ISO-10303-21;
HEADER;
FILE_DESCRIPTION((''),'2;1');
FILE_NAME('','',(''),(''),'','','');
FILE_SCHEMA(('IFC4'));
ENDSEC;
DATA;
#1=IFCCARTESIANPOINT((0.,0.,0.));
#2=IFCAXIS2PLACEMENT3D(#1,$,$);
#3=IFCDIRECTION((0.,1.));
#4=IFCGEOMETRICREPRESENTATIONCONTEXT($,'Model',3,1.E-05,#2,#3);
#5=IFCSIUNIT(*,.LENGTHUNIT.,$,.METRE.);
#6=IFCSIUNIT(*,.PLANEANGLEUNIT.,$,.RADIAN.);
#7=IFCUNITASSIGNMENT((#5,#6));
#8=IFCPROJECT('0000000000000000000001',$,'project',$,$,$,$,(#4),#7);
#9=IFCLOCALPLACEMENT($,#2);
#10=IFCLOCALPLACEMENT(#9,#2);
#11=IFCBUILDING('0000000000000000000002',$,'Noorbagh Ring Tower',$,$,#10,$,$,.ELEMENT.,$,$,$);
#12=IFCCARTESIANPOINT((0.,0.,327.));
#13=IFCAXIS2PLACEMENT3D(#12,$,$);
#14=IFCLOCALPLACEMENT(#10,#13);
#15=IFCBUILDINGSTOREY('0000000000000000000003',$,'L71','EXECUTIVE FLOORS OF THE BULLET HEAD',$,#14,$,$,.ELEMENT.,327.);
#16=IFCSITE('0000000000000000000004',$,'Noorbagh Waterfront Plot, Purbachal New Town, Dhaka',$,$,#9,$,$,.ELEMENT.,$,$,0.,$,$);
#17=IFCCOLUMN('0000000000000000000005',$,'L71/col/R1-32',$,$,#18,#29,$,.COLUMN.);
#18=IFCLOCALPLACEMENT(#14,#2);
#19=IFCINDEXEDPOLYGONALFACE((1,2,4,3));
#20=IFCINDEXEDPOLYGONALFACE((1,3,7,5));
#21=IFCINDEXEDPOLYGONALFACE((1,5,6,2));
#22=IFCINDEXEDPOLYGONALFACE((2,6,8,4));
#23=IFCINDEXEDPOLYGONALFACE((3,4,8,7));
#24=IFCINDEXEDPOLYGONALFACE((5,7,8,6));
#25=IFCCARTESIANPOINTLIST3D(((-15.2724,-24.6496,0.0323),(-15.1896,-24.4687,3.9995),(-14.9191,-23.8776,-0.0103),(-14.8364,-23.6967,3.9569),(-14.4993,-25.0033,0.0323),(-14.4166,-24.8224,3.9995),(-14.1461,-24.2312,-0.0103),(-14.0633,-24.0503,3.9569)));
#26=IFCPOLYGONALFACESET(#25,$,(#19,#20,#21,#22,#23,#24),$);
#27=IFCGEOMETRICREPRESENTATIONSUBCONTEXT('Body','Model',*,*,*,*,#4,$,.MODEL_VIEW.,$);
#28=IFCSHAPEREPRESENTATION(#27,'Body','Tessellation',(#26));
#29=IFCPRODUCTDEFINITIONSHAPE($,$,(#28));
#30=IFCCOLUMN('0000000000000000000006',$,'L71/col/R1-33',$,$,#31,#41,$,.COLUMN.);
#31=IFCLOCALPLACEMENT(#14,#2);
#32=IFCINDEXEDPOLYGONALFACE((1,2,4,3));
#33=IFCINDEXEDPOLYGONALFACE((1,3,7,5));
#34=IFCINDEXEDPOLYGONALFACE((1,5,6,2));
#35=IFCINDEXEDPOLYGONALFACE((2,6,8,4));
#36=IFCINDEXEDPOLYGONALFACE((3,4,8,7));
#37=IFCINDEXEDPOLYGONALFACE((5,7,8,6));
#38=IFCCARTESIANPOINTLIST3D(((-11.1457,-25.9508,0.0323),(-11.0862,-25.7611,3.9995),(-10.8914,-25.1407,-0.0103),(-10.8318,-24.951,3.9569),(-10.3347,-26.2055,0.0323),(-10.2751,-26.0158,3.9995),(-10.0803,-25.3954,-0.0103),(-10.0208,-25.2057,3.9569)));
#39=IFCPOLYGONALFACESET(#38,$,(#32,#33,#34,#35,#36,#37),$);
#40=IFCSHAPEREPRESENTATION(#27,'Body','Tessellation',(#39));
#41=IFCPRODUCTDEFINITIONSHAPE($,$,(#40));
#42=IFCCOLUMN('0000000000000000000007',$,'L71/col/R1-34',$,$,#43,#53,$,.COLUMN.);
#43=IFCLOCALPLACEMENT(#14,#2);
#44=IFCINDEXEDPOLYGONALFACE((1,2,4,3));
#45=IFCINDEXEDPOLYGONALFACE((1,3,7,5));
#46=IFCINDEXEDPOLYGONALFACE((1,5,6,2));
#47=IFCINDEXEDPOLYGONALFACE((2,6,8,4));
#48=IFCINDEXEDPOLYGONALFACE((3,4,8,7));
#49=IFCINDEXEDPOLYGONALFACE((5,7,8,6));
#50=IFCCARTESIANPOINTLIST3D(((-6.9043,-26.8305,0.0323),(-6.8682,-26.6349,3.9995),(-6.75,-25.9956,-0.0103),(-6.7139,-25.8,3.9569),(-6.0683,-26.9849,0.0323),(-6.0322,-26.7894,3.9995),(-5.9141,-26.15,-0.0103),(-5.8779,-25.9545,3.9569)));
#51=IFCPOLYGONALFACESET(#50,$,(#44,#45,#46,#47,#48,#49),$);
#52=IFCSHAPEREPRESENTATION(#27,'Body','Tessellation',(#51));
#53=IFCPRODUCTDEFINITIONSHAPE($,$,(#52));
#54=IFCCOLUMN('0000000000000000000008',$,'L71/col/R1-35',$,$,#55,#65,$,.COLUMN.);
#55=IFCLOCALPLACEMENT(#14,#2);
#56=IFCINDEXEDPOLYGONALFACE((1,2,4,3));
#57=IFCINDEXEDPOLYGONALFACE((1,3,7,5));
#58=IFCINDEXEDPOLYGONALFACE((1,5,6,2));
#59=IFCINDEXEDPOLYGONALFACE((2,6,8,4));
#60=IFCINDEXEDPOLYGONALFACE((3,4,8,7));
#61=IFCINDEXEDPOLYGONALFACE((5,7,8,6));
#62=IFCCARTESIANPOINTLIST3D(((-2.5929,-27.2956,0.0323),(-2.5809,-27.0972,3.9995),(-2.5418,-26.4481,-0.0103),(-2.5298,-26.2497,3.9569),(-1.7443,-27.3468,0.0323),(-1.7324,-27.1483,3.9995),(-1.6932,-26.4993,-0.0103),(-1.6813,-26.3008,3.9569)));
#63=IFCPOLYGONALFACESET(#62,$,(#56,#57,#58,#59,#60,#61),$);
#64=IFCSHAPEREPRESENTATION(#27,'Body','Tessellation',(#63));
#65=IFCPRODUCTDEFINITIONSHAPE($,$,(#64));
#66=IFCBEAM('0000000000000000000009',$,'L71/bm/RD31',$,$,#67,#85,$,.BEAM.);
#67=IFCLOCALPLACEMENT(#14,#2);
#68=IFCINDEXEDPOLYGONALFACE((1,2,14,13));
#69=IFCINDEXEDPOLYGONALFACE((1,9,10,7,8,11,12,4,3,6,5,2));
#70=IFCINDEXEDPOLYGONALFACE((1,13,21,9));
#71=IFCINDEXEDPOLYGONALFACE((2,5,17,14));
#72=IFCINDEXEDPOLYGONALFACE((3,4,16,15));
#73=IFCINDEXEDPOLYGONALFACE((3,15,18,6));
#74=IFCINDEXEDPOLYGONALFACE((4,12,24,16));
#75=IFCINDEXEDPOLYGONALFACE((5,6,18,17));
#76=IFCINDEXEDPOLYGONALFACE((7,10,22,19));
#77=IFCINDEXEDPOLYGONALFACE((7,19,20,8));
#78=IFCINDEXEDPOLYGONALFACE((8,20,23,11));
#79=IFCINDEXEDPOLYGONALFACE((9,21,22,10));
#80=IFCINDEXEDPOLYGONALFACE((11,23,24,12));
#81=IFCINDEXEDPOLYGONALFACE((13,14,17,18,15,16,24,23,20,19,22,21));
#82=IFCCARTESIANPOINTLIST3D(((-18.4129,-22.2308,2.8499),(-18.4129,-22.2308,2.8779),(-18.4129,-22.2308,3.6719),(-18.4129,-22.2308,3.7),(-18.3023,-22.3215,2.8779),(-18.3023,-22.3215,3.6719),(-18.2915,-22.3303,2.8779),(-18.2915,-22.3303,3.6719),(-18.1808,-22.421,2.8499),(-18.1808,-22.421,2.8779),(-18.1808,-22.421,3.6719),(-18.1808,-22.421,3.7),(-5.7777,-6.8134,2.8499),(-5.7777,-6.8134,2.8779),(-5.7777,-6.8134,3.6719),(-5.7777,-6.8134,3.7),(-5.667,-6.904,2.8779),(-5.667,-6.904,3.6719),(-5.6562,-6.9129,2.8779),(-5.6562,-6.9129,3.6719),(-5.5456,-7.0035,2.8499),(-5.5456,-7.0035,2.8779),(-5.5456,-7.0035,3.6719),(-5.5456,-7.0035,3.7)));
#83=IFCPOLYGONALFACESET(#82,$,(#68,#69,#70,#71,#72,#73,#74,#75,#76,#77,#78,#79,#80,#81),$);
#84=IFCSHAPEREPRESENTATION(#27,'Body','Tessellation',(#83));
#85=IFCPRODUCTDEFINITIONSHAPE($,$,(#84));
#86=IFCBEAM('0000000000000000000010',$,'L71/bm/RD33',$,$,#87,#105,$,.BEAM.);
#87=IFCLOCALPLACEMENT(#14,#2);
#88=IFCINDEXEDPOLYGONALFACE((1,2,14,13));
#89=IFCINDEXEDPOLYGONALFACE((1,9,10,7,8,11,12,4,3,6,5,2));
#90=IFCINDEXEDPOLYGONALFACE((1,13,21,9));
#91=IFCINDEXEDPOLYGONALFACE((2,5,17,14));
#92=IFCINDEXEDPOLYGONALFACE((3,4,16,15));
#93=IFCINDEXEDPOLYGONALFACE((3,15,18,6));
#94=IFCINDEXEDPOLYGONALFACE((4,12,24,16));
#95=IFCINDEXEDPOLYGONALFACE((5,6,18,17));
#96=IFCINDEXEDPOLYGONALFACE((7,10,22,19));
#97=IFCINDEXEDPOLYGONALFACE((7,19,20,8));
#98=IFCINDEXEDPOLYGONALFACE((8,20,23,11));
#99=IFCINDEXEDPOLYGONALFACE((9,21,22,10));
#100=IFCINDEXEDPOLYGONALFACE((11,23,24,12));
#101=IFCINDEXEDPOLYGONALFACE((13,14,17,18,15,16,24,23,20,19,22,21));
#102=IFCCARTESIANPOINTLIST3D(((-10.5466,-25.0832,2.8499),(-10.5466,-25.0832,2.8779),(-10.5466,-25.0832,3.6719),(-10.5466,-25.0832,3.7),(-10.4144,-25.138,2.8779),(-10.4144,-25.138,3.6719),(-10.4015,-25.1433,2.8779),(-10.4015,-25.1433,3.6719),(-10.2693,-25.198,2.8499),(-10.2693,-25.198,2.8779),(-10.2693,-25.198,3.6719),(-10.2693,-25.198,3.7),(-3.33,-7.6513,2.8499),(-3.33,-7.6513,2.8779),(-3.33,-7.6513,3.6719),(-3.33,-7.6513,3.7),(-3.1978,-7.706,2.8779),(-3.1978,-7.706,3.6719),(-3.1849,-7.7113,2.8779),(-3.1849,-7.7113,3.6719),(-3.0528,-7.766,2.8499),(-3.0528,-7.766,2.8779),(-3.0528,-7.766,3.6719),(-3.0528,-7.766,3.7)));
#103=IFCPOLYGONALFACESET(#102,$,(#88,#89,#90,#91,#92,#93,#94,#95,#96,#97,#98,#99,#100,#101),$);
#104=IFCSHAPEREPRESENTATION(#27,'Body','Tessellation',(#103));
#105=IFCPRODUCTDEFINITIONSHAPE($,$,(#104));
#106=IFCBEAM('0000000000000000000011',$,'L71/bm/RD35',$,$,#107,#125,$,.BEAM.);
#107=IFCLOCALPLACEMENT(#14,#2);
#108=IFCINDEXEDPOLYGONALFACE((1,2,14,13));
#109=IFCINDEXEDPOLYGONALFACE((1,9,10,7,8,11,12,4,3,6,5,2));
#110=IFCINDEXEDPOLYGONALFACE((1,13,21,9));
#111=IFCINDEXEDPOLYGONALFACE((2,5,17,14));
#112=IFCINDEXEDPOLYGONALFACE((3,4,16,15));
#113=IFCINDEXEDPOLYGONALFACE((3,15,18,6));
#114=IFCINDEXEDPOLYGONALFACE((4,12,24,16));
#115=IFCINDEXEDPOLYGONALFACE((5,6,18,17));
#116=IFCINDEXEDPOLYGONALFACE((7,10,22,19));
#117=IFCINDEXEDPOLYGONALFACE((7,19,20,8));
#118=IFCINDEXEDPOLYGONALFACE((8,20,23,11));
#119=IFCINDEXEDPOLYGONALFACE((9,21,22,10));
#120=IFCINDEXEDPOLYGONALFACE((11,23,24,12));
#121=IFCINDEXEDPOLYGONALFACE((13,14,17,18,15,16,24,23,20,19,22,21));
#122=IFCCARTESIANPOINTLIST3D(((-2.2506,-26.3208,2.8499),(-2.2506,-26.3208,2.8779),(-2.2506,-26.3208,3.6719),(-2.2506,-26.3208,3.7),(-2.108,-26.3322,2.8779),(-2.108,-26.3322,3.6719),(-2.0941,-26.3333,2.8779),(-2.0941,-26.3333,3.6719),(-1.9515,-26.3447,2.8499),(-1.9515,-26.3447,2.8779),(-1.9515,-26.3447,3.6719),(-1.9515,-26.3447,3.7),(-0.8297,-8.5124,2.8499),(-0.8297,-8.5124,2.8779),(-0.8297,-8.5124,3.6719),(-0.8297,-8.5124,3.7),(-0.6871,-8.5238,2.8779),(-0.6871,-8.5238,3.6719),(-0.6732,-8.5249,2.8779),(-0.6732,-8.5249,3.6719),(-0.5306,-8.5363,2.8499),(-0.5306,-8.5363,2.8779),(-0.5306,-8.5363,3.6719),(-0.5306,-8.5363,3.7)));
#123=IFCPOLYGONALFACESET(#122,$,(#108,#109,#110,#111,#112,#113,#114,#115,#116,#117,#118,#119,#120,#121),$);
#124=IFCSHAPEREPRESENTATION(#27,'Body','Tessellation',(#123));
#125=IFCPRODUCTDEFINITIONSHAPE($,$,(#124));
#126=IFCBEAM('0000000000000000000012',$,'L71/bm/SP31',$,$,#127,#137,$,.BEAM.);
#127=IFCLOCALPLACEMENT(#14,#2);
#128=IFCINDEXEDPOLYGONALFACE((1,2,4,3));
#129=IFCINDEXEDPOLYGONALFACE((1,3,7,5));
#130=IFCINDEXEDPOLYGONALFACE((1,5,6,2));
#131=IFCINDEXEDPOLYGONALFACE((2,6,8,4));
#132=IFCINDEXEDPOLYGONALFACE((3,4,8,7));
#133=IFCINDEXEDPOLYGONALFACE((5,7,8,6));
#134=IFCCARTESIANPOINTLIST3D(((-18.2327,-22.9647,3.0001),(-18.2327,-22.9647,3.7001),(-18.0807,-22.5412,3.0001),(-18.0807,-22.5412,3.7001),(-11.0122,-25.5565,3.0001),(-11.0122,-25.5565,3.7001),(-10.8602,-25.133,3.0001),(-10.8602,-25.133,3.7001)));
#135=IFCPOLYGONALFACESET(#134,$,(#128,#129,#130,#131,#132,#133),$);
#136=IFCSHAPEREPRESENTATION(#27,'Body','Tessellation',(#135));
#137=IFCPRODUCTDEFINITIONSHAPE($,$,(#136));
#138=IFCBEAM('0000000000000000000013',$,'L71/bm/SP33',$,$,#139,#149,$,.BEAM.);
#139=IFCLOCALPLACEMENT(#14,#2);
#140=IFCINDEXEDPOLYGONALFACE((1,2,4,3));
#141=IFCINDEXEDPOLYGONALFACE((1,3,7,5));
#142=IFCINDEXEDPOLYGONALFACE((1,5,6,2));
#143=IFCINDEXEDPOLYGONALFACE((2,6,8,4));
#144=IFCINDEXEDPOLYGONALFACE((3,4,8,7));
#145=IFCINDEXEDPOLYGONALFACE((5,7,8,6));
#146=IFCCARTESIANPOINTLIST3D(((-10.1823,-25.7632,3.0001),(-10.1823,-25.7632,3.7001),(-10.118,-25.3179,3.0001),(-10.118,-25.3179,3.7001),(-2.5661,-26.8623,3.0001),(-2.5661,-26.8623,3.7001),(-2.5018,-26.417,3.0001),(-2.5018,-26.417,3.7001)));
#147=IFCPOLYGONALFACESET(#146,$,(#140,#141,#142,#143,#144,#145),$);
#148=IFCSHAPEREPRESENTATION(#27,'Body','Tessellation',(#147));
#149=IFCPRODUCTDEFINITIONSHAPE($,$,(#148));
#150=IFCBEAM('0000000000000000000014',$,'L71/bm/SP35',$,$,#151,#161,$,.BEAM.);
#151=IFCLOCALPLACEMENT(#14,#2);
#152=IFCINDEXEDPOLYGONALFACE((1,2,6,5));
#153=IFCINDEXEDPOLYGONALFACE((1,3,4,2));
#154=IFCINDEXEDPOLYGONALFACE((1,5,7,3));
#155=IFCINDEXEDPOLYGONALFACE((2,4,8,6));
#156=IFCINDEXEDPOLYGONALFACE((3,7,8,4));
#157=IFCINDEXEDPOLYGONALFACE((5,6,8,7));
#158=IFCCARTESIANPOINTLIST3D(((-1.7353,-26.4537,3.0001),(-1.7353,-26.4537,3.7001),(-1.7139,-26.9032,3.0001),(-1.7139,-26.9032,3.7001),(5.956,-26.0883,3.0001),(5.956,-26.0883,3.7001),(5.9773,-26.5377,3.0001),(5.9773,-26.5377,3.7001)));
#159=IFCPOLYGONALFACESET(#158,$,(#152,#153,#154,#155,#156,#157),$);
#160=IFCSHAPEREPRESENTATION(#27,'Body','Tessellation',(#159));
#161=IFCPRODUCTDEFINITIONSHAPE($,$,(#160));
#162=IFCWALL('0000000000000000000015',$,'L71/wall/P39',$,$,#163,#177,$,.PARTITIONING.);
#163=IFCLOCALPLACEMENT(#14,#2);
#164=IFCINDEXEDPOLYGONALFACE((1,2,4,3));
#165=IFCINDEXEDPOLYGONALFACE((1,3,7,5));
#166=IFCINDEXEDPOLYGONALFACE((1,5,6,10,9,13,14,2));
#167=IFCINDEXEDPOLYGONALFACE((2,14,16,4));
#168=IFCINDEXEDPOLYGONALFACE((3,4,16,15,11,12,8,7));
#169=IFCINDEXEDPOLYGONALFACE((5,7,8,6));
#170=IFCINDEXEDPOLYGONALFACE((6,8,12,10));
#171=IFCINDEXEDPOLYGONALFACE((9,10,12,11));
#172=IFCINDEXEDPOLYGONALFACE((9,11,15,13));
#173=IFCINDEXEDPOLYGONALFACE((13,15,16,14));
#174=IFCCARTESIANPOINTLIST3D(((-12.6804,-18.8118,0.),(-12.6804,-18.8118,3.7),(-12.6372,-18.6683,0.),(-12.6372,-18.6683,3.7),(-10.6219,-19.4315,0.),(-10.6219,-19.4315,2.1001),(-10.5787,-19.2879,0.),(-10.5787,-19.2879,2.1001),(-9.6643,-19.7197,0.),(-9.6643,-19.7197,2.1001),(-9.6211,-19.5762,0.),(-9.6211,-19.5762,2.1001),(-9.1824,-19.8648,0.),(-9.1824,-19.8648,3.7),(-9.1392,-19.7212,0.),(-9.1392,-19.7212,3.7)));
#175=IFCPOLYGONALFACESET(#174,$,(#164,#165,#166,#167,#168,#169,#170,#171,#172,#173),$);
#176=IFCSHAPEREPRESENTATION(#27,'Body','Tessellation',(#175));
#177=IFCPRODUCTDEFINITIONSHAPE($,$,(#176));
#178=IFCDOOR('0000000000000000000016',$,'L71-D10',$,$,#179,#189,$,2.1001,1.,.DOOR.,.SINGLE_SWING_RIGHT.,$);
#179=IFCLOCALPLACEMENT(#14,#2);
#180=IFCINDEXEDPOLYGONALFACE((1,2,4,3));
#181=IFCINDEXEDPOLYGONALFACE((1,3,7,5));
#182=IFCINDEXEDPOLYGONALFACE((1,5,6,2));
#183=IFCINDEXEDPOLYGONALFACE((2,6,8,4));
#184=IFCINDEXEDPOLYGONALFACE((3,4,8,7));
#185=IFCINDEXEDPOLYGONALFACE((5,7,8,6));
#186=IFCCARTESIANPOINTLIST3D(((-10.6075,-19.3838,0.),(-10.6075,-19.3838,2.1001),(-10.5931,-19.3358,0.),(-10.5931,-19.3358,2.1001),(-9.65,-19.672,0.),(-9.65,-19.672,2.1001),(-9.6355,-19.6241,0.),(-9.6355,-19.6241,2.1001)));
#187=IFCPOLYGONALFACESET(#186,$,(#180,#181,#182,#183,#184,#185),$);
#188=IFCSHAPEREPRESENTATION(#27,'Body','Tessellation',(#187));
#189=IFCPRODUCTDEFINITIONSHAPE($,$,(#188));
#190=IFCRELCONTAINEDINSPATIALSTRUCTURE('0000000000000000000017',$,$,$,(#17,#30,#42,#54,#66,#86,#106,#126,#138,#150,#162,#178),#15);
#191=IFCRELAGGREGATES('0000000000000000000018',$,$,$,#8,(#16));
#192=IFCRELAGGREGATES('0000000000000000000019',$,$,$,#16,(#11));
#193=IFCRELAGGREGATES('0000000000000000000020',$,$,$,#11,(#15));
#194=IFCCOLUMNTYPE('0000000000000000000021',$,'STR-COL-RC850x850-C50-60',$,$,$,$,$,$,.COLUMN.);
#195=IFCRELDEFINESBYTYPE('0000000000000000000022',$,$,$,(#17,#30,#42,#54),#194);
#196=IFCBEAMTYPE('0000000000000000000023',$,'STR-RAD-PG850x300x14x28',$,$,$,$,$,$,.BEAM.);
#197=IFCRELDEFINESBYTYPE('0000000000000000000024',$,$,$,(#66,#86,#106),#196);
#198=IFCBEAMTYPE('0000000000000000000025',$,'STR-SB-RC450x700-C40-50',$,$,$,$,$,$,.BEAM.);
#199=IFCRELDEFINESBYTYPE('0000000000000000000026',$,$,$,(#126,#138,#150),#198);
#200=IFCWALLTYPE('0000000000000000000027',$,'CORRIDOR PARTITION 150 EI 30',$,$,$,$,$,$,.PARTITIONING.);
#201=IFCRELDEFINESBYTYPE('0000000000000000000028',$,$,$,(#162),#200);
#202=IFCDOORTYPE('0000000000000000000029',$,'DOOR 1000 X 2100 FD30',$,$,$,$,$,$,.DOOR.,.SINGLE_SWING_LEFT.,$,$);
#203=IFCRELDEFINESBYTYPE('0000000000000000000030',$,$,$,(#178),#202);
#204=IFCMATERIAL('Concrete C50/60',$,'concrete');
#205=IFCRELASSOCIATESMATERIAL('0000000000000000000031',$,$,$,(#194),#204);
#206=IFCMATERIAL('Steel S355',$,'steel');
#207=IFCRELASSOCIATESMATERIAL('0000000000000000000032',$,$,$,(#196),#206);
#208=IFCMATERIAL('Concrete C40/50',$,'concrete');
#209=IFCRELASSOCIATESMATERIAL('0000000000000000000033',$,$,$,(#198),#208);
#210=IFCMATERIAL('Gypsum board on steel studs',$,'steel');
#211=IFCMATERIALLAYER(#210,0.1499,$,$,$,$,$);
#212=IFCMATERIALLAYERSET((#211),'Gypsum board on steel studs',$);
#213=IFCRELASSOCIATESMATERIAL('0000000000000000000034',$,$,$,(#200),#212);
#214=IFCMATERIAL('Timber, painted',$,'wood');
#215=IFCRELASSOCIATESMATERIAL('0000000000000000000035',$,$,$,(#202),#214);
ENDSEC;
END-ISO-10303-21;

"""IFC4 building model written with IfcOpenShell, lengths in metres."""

from ifc_helpers import new_model, si_unit, direction, frame, frame_2d, origin, origin_2d, place, context, subcontext, project, spatial, rectangle, i_section, extrude, material, layer, layer_set, material_profile, profile_set, type_object, element, fill, save


model = new_model("IFC4")

# Units and contexts
model_context = context("Model", 3, precision=1e-05, world=origin(), true_north=direction((0.0, 1.0)))
body_context = subcontext(model_context, "Body", "Model", "MODEL_VIEW")
ifc_project = project(units=[si_unit("LENGTHUNIT", "METRE"), si_unit("PLANEANGLEUNIT", "RADIAN")], contexts=[model_context])

# Site, building, storey
site_placement = place(None, origin())
site = spatial("IfcSite", under=ifc_project, at=site_placement, Name="Noorbagh Waterfront Plot, Purbachal New Town, Dhaka", CompositionType="ELEMENT", RefElevation=0.0)
building_placement = place(site_placement, origin())
building = spatial("IfcBuilding", under=site, at=building_placement, Name="Noorbagh Ring Tower", CompositionType="ELEMENT")
storey_placement = place(building_placement, frame((0.0, 0.0, 327.0)))
storey = spatial("IfcBuildingStorey", under=building, at=storey_placement, Name="L71", Description="EXECUTIVE FLOORS OF THE BULLET HEAD", CompositionType="ELEMENT", Elevation=327.0)

# Columns
ifc_material_1 = material(Name="Concrete C50/60", Category="concrete")
ifc_material_profile_1 = material_profile(ifc_material_1, rectangle(XDim=0.8501, YDim=0.8501, at=origin_2d()), Name="RC850x850")
ifc_profile_set_1 = profile_set([ifc_material_profile_1], Name="Concrete C50/60")
column_type = type_object("IfcColumnType", Name="STR-COL-RC850x850-C50-60", PredefinedType="COLUMN", material=ifc_profile_set_1)
for number, where, z_axis, x_axis, name in (
    (1, (-14.7092, -24.4404, 0.011), (0.020835, 0.045543, 0.998745), (-0.909355, 0.416021, 0.0), "L71/col/R1-32"),
    (2, (-10.613, -25.6731, 0.011), (0.014997, 0.047755, 0.998746), (-0.954064, 0.299603, 0.0), "L71/col/R1-33"),
    (3, (-6.4092, -26.4902, 0.011), (0.009096, 0.04923, 0.998746), (-0.983355, 0.181694, 0.0), "L71/col/R1-34"),
    (4, (-2.1431, -26.8975, 0.011), (0.003012, 0.049968, 0.998746), (-0.998189, 0.060161, 0.0), "L71/col/R1-35"),
):
    element("IfcColumn", number, at=place(storey_placement, frame(where, z_axis=z_axis, x_axis=x_axis)), inside=storey, type_object=column_type, Name=name, PredefinedType="COLUMN", context=body_context, shape_type="SweptSolid", body=[
        extrude(rectangle(XDim=0.8501, YDim=0.8501, at=origin_2d()), origin(), (0.0, 0.0, 1.0), 3.9722),
    ])

# Beams
ifc_material_2 = material(Name="Steel S355", Category="steel")
ifc_material_profile_2 = material_profile(ifc_material_2, i_section(OverallWidth=0.3, OverallDepth=0.8501, WebThickness=0.0139, FlangeThickness=0.0281, at=origin_2d()), Name="PG850x300x14x28")
ifc_profile_set_2 = profile_set([ifc_material_profile_2], Name="Steel S355")
beam_type_1 = type_object("IfcBeamType", Name="STR-RAD-PG850x300x14x28", PredefinedType="BEAM", material=ifc_profile_set_2)
beam_1_placement = place(storey_placement, frame((-18.2969, -22.3259, 3.2749), z_axis=(0.633867, 0.773442, 0.0), x_axis=(-0.773442, 0.633867, 0.0)))
element("IfcBeam", 5, at=beam_1_placement, inside=storey, type_object=beam_type_1, Name="L71/bm/RD31", PredefinedType="BEAM", context=body_context, shape_type="SweptSolid", body=[
    extrude(i_section(OverallWidth=0.3, OverallDepth=0.8501, WebThickness=0.0139, FlangeThickness=0.0281, at=origin_2d()), origin(), (0.0, 0.0, 1.0), 19.9336),
])
beam_2_placement = place(storey_placement, frame((-10.408, -25.1406, 3.2749), z_axis=(0.382504, 0.923954, 0.0), x_axis=(-0.923954, 0.382504, 0.0)))
element("IfcBeam", 6, at=beam_2_placement, inside=storey, type_object=beam_type_1, Name="L71/bm/RD33", PredefinedType="BEAM", context=body_context, shape_type="SweptSolid", body=[
    extrude(i_section(OverallWidth=0.3, OverallDepth=0.8501, WebThickness=0.0139, FlangeThickness=0.0281, at=origin_2d()), origin(), (0.0, 0.0, 1.0), 18.8667),
])
beam_3_placement = place(storey_placement, frame((-2.1011, -26.3328, 3.2749), z_axis=(0.079536, 0.996832, 0.0), x_axis=(-0.996832, 0.079536, 0.0)))
element("IfcBeam", 7, at=beam_3_placement, inside=storey, type_object=beam_type_1, Name="L71/bm/RD35", PredefinedType="BEAM", context=body_context, shape_type="SweptSolid", body=[
    extrude(i_section(OverallWidth=0.3, OverallDepth=0.8501, WebThickness=0.0139, FlangeThickness=0.0281, at=origin_2d()), origin(), (0.0, 0.0, 1.0), 17.865),
])
ifc_material_3 = material(Name="Concrete C40/50", Category="concrete")
ifc_material_profile_3 = material_profile(ifc_material_3, rectangle(XDim=0.45, YDim=0.7, at=origin_2d()), Name="RC450x700")
ifc_profile_set_3 = profile_set([ifc_material_profile_3], Name="Concrete C40/50")
beam_type_2 = type_object("IfcBeamType", Name="STR-SB-RC450x700-C40-50", PredefinedType="BEAM", material=ifc_profile_set_3)
beam_4_placement = place(storey_placement, frame((-18.1567, -22.7529, 3.3501), z_axis=(0.941201, -0.337846, 0.0), x_axis=(0.337846, 0.941201, 0.0)))
element("IfcBeam", 8, at=beam_4_placement, inside=storey, type_object=beam_type_2, Name="L71/bm/SP31", PredefinedType="BEAM", context=body_context, shape_type="SweptSolid", body=[
    extrude(rectangle(XDim=0.45, YDim=0.7, at=origin_2d()), origin(), (0.0, 0.0, 1.0), 7.6716),
])
beam_5_placement = place(storey_placement, frame((-10.1501, -25.5405, 3.3501), z_axis=(0.989747, -0.142834, 0.0), x_axis=(0.142834, 0.989747, 0.0)))
element("IfcBeam", 9, at=beam_5_placement, inside=storey, type_object=beam_type_2, Name="L71/bm/SP33", PredefinedType="BEAM", context=body_context, shape_type="SweptSolid", body=[
    extrude(rectangle(XDim=0.45, YDim=0.7, at=origin_2d()), origin(), (0.0, 0.0, 1.0), 7.6951),
])
beam_6_placement = place(storey_placement, frame((-1.7246, -26.6785, 3.3501), z_axis=(0.998873, 0.047466, 0.0), x_axis=(-0.047466, 0.998873, 0.0)))
element("IfcBeam", 10, at=beam_6_placement, inside=storey, type_object=beam_type_2, Name="L71/bm/SP35", PredefinedType="BEAM", context=body_context, shape_type="SweptSolid", body=[
    extrude(rectangle(XDim=0.45, YDim=0.7, at=origin_2d()), origin(), (0.0, 0.0, 1.0), 7.7),
])

# Wall, opening, door
ifc_material_4 = material(Name="Gypsum board on steel studs", Category="steel")
ifc_layer_1 = layer(ifc_material_4, 0.1499)
ifc_layer_set_1 = layer_set([ifc_layer_1], Name="Gypsum board on steel studs")
wall_type_1 = type_object("IfcWallType", Name="CORRIDOR PARTITION 150 EI 30", PredefinedType="PARTITIONING", material=ifc_layer_set_1)
wall_1_placement = place(storey_placement, frame((-12.6589, -18.74, 0.0), z_axis=(0.0, 0.0, 1.0), x_axis=(0.957557, -0.288243, 0.0)))
wall_1 = element("IfcWall", 11, at=wall_1_placement, inside=storey, type_object=wall_type_1, Name="L71/wall/P39", PredefinedType="PARTITIONING", context=body_context, shape_type="SweptSolid", body=[
    extrude(rectangle(XDim=3.6531, YDim=0.1499, at=frame_2d((1.8267, 0.0))), origin(), (0.0, 0.0, 1.0), 3.7),
])
opening_placement = place(wall_1_placement, frame((2.1499, 0.0, 0.0)))
opening = element("IfcOpeningElement", 12, at=opening_placement, cuts=wall_1, PredefinedType="OPENING", context=body_context, shape_type="SweptSolid", body=[
    extrude(rectangle(XDim=1.0, YDim=2.1001, at=frame_2d((0.5, 1.05))), frame((0.0, 0.085, 0.0), z_axis=(0.0, -1.0, 0.0), x_axis=(1.0, 0.0, 0.0)), (0.0, 0.0, 1.0), 0.1699),
])
ifc_material_5 = material(Name="Timber, painted", Category="wood")
door_type = type_object("IfcDoorType", Name="DOOR 1000 X 2100 FD30", OperationType="SINGLE_SWING_LEFT", PredefinedType="DOOR", material=ifc_material_5)
door_placement = place(opening_placement, origin())
door = element("IfcDoor", 13, at=door_placement, inside=storey, type_object=door_type, Name="L71-D10", OperationType="SINGLE_SWING_RIGHT", OverallHeight=2.1001, OverallWidth=1.0, PredefinedType="DOOR", context=body_context, shape_type="SweptSolid", body=[
    extrude(rectangle(XDim=1.0, YDim=2.1001, at=frame_2d((0.5, 1.05))), frame((0.0, 0.0249, 0.0), z_axis=(0.0, -1.0, 0.0), x_axis=(1.0, 0.0, 0.0)), (0.0, 0.0, 1.0), 0.05),
])
fill(opening, door)

save(model, "model.ifc")
